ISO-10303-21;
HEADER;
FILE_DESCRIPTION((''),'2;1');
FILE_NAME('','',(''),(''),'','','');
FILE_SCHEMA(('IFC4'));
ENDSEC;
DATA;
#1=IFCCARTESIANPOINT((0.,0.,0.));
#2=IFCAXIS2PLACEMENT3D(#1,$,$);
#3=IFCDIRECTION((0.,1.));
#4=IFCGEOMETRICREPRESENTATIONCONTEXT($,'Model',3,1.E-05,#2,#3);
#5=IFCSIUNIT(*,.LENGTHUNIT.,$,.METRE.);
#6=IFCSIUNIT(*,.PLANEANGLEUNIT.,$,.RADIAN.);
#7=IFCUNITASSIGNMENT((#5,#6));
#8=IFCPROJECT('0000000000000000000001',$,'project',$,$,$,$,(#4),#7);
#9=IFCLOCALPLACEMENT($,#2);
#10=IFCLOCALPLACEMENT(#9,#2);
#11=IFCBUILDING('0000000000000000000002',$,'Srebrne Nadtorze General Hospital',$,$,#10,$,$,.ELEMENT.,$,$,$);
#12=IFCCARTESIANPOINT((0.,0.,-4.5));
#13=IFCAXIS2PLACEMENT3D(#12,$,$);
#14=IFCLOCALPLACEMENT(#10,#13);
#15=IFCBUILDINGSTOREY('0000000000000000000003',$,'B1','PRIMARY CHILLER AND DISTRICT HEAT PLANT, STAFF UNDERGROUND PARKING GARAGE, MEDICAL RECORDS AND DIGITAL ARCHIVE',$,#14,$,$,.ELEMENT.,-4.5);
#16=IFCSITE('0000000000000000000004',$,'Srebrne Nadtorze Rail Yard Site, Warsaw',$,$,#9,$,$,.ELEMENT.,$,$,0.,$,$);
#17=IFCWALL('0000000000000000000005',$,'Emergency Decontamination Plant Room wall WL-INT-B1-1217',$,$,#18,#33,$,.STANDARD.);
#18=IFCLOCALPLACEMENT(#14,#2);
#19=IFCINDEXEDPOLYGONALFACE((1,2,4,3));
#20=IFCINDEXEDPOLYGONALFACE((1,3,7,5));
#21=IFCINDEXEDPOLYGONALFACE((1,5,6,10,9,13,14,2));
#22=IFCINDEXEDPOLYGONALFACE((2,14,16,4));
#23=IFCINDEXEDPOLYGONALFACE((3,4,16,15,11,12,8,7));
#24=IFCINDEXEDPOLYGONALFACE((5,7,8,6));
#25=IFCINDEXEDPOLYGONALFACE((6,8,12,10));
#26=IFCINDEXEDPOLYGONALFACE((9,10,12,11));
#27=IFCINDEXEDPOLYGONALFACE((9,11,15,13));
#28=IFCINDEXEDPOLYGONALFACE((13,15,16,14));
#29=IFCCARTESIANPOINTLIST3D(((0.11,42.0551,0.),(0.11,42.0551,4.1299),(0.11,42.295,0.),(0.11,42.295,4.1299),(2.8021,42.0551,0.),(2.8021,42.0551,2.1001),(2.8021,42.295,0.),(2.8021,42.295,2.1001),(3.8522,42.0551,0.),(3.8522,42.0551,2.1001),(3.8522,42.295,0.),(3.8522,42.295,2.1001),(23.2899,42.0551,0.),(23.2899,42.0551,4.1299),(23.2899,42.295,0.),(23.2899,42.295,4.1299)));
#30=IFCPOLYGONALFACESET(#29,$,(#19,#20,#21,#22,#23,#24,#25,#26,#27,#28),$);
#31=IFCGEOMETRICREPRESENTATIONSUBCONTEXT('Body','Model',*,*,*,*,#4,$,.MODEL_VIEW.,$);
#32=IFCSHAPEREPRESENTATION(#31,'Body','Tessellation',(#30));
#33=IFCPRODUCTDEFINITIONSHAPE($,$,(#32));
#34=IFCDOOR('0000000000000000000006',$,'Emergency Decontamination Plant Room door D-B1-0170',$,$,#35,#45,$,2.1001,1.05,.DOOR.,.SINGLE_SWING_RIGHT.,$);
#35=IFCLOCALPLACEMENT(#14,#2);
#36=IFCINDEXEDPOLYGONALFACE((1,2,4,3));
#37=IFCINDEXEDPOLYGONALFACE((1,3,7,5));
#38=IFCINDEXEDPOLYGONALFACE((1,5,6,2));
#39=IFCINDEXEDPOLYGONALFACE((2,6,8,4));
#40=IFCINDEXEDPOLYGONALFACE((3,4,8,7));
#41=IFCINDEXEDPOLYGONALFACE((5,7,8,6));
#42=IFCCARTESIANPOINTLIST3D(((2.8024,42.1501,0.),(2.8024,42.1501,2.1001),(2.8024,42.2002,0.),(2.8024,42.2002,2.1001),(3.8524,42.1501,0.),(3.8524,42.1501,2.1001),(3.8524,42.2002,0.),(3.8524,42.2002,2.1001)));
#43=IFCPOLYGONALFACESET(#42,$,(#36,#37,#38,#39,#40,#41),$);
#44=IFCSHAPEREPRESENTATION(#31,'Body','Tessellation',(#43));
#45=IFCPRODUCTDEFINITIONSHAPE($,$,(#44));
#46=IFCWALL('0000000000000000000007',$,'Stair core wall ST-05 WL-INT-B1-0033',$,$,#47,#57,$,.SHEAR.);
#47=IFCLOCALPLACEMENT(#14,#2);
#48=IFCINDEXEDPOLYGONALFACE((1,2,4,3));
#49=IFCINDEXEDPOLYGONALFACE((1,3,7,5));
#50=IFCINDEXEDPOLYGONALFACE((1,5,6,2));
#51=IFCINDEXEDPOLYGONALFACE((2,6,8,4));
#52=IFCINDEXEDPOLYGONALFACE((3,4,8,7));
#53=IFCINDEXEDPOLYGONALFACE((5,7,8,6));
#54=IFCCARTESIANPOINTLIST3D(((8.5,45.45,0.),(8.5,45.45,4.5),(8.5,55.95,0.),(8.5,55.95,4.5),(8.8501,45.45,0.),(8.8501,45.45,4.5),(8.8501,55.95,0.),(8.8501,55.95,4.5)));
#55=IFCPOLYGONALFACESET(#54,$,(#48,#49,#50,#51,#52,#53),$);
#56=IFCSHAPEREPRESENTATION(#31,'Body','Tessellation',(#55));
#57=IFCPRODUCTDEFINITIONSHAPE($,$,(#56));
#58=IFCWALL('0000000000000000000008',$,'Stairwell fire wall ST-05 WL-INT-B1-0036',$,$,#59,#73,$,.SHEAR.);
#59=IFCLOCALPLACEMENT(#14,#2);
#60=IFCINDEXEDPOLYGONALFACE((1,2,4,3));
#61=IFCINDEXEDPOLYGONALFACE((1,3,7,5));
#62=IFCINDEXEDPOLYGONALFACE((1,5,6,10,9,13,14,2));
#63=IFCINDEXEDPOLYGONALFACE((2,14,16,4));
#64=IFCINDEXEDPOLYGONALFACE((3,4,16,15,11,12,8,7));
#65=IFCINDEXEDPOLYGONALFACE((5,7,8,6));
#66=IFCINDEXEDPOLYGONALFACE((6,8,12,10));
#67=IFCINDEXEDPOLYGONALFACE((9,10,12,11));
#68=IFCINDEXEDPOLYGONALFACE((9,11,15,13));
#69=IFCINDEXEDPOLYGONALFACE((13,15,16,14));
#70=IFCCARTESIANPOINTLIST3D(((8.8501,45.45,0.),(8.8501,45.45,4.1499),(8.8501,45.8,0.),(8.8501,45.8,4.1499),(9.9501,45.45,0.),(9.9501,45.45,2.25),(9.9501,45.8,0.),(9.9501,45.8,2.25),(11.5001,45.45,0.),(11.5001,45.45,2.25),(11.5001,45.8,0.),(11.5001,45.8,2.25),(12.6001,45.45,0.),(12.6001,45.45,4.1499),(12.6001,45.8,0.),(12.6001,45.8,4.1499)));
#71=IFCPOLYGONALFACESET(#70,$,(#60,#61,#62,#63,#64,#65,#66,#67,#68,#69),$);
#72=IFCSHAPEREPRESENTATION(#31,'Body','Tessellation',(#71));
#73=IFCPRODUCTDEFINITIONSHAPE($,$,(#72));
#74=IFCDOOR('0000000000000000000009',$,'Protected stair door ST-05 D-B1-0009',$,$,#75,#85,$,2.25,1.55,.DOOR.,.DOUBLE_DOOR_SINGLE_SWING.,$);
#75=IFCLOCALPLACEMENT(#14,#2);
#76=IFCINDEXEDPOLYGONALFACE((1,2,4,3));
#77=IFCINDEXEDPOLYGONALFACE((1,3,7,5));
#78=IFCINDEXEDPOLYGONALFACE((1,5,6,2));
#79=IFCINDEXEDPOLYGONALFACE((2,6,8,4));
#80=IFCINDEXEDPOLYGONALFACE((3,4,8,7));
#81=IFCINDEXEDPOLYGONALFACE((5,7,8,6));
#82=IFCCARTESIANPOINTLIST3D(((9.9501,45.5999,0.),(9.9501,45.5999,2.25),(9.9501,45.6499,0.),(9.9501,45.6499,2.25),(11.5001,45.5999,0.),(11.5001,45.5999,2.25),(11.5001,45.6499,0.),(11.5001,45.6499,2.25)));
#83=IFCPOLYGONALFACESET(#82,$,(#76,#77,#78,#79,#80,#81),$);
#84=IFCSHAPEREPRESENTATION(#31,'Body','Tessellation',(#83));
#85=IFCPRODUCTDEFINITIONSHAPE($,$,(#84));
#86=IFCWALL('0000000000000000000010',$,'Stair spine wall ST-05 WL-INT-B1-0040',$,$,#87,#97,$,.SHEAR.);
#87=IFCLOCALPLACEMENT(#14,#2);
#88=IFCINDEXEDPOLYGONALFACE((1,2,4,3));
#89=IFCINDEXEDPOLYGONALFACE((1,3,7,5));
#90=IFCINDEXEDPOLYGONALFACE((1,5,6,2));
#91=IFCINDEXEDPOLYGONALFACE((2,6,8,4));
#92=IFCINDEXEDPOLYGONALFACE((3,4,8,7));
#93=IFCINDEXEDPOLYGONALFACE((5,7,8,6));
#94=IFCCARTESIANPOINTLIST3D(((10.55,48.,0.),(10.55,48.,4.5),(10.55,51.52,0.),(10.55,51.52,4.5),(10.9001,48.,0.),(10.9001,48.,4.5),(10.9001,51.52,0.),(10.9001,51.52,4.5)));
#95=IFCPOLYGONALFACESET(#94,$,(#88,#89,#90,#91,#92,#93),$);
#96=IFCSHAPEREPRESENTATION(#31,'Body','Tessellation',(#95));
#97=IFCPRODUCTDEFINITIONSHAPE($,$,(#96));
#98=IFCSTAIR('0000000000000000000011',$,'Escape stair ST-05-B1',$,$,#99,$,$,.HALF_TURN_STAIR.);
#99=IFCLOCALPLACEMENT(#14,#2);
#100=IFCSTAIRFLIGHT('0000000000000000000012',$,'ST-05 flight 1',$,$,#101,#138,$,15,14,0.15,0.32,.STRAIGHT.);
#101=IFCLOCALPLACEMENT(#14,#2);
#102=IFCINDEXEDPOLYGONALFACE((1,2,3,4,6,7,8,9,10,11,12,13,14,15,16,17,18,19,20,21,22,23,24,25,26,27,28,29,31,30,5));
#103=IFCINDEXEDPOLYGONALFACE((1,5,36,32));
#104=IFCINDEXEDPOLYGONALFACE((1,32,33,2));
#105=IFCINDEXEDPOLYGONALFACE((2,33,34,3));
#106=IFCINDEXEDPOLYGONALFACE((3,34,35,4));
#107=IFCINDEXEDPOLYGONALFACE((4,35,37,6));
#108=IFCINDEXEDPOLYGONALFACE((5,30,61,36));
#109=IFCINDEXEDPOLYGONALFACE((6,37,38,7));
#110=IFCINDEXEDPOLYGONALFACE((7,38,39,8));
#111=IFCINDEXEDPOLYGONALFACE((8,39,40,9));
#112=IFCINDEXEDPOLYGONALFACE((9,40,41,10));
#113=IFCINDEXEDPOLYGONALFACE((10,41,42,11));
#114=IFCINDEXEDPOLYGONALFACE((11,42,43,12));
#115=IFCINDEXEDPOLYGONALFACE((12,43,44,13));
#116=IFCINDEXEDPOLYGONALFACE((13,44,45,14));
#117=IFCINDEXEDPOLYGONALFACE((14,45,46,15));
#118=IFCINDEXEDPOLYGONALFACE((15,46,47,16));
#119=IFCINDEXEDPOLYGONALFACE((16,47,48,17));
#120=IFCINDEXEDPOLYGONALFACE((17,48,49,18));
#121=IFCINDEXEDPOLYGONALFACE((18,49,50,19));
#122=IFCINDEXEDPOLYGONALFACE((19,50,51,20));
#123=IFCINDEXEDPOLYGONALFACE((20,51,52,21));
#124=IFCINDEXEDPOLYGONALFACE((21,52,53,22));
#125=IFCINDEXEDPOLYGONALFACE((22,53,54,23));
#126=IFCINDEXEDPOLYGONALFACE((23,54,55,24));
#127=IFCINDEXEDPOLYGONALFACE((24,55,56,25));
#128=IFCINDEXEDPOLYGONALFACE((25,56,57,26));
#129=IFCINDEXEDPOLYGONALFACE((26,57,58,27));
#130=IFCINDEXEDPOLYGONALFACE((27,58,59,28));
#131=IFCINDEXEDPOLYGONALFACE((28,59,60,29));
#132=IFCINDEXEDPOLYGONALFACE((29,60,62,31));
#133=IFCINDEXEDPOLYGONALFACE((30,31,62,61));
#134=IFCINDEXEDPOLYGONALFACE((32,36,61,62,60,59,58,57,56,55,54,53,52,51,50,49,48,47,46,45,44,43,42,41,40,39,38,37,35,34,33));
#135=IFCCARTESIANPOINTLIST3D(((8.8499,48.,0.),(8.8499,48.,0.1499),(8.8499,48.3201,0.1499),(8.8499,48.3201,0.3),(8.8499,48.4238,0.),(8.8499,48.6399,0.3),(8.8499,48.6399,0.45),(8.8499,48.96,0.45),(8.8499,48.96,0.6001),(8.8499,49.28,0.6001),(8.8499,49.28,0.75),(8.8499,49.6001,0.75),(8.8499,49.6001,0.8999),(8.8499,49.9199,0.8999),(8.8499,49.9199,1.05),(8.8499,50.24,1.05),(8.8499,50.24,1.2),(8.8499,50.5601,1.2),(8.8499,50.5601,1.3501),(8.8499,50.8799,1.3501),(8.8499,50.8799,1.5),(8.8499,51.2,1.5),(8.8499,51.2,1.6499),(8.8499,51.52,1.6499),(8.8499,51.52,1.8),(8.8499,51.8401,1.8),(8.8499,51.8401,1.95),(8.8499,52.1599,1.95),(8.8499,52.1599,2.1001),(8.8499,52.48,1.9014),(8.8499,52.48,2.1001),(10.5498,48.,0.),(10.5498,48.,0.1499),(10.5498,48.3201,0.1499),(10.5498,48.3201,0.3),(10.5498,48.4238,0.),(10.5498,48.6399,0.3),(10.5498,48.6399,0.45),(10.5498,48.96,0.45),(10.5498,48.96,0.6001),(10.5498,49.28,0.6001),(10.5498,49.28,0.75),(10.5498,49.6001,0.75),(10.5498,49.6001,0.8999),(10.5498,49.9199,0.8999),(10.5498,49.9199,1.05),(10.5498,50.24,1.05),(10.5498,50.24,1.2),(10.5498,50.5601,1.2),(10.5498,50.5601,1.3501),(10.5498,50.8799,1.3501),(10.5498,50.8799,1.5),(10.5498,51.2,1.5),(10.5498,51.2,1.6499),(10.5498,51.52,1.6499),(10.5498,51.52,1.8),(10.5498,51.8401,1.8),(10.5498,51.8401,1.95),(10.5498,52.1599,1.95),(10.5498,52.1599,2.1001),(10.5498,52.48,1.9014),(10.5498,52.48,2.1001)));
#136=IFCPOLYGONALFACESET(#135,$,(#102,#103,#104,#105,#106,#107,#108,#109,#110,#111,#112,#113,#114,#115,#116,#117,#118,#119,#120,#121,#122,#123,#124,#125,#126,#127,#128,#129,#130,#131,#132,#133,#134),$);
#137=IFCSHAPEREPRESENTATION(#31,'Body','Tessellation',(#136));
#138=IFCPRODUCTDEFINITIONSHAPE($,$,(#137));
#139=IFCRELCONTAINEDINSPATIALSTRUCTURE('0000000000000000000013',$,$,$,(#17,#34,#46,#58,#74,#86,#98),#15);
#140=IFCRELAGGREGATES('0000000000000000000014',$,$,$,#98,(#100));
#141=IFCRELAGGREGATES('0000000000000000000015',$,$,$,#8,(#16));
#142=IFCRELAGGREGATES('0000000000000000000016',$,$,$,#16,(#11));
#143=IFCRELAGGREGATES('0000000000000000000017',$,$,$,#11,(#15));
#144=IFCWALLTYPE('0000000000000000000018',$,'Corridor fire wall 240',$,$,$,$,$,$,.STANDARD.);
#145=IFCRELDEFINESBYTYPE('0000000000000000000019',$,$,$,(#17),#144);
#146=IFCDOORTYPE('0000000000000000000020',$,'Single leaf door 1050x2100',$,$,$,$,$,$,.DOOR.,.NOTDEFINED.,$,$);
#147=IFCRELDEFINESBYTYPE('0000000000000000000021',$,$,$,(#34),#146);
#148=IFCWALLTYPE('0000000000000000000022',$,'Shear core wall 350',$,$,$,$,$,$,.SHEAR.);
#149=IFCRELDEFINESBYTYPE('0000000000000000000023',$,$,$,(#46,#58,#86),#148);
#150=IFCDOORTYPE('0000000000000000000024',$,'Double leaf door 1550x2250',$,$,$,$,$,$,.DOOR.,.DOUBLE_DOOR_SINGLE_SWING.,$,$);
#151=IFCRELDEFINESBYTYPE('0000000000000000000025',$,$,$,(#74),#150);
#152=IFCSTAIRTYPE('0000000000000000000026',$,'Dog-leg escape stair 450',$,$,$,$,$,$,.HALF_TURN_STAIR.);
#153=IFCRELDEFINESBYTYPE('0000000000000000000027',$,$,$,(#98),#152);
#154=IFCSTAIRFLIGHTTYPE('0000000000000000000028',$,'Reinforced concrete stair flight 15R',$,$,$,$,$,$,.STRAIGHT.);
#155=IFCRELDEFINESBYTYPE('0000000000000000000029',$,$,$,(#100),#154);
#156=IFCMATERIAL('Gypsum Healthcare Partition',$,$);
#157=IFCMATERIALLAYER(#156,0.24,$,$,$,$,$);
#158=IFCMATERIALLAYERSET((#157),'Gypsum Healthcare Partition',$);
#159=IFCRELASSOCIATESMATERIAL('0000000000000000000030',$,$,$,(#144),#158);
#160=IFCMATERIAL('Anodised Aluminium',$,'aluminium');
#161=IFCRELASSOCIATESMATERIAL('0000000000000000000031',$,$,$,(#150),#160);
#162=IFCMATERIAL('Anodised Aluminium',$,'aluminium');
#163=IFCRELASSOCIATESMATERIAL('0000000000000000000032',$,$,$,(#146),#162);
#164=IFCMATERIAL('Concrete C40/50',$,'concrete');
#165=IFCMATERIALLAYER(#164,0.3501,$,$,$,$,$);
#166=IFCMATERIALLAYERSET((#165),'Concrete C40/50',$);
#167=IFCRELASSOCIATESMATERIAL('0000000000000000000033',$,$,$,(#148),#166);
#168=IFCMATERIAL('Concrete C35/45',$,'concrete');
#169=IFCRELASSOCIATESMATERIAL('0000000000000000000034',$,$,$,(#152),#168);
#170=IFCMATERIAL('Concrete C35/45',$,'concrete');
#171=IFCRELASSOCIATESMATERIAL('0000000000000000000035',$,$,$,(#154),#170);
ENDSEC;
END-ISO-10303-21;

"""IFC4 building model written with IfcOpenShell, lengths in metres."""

from ifc_helpers import new_model, si_unit, direction, frame, frame_2d, origin, place, context, subcontext, project, spatial, polyline, rectangle, outline, extrude, material, layer, layer_set, type_object, element, fill, aggregate, save


model = new_model("IFC4")

# Units and contexts
model_context = context("Model", 3, precision=1e-05, world=origin(), true_north=direction((0.0, 1.0)))
body_context = subcontext(model_context, "Body", "Model", "MODEL_VIEW")
ifc_project = project(units=[si_unit("LENGTHUNIT", "METRE"), si_unit("PLANEANGLEUNIT", "RADIAN")], contexts=[model_context])

# Site, building, storey
site_placement = place(None, origin())
site = spatial("IfcSite", under=ifc_project, at=site_placement, Name="Srebrne Nadtorze Rail Yard Site, Warsaw", CompositionType="ELEMENT", RefElevation=0.0)
building_placement = place(site_placement, origin())
building = spatial("IfcBuilding", under=site, at=building_placement, Name="Srebrne Nadtorze General Hospital", CompositionType="ELEMENT")
storey_placement = place(building_placement, frame((0.0, 0.0, -4.5)))
storey = spatial("IfcBuildingStorey", under=building, at=storey_placement, Name="B1", Description="PRIMARY CHILLER AND DISTRICT HEAT PLANT, STAFF UNDERGROUND PARKING GARAGE, MEDICAL RECORDS AND DIGITAL ARCHIVE", CompositionType="ELEMENT", Elevation=-4.5)

# Shared definitions
ifc_material_1 = material(Name="Gypsum Healthcare Partition")
ifc_layer_1 = layer(ifc_material_1, 0.24)
ifc_layer_set_1 = layer_set([ifc_layer_1], Name="Gypsum Healthcare Partition")
wall_type_1 = type_object("IfcWallType", Name="Corridor fire wall 240", PredefinedType="STANDARD", material=ifc_layer_set_1)

# Wall, opening, door
ifc_material_2 = material(Name="Anodised Aluminium", Category="aluminium")
door_type_1 = type_object("IfcDoorType", Name="Double leaf door 1550x2250", OperationType="DOUBLE_DOOR_SINGLE_SWING", PredefinedType="DOOR", material=ifc_material_2)
wall_1_placement = place(storey_placement, frame((0.1101, 42.175, 0.0), z_axis=(0.0, 0.0, 1.0), x_axis=(1.0, 0.0, 0.0)))
wall_1 = element("IfcWall", 1, at=wall_1_placement, inside=storey, type_object=wall_type_1, Name="Emergency Decontamination Plant Room wall WL-INT-B1-1217", PredefinedType="STANDARD", context=body_context, shape_type="SweptSolid", body=[
    extrude(rectangle(XDim=23.1799, YDim=0.24, at=frame_2d((11.5898, 0.0))), origin(), (0.0, 0.0, 1.0), 4.1299),
])
opening_1_placement = place(wall_1_placement, frame((2.6921, 0.0, 0.0)))
opening_1 = element("IfcOpeningElement", 2, at=opening_1_placement, cuts=wall_1, PredefinedType="OPENING", context=body_context, shape_type="SweptSolid", body=[
    extrude(rectangle(XDim=1.05, YDim=2.1001, at=frame_2d((0.5249, 1.05))), frame((0.0, 0.1318, 0.0), z_axis=(0.0, -1.0, 0.0), x_axis=(1.0, 0.0, 0.0)), (0.0, 0.0, 1.0), 0.2639),
])
ifc_material_3 = material(Name="Anodised Aluminium", Category="aluminium")
door_type_2 = type_object("IfcDoorType", Name="Single leaf door 1050x2100", OperationType="NOTDEFINED", PredefinedType="DOOR", material=ifc_material_3)
door_1_placement = place(opening_1_placement, frame((1.05, 0.0, 0.0), z_axis=(0.0, 0.0, 1.0), x_axis=(-1.0, 0.0, 0.0)))
door_1 = element("IfcDoor", 3, at=door_1_placement, inside=storey, type_object=door_type_2, Name="Emergency Decontamination Plant Room door D-B1-0170", OperationType="SINGLE_SWING_RIGHT", OverallHeight=2.1001, OverallWidth=1.05, PredefinedType="DOOR", context=body_context, shape_type="SweptSolid", body=[
    extrude(rectangle(XDim=1.05, YDim=2.1001, at=frame_2d((0.5249, 1.05))), frame((0.0, 0.0249, 0.0), z_axis=(0.0, -1.0, 0.0), x_axis=(1.0, 0.0, 0.0)), (0.0, 0.0, 1.0), 0.05),
])
fill(opening_1, door_1)

# Wall
ifc_material_4 = material(Name="Concrete C40/50", Category="concrete")
ifc_layer_2 = layer(ifc_material_4, 0.3501)
ifc_layer_set_2 = layer_set([ifc_layer_2], Name="Concrete C40/50")
wall_type_2 = type_object("IfcWallType", Name="Shear core wall 350", PredefinedType="SHEAR", material=ifc_layer_set_2)
wall_2_placement = place(storey_placement, frame((8.675, 45.45, 0.0), z_axis=(0.0, 0.0, 1.0), x_axis=(0.0, 1.0, 0.0)))
element("IfcWall", 4, at=wall_2_placement, inside=storey, type_object=wall_type_2, Name="Stair core wall ST-05 WL-INT-B1-0033", PredefinedType="SHEAR", context=body_context, shape_type="SweptSolid", body=[
    extrude(rectangle(XDim=10.5, YDim=0.3501, at=frame_2d((5.25, 0.0))), origin(), (0.0, 0.0, 1.0), 4.5),
])

# Wall, opening, door
wall_3_placement = place(storey_placement, frame((8.8501, 45.625, 0.0), z_axis=(0.0, 0.0, 1.0), x_axis=(1.0, 0.0, 0.0)))
wall_3 = element("IfcWall", 5, at=wall_3_placement, inside=storey, type_object=wall_type_2, Name="Stairwell fire wall ST-05 WL-INT-B1-0036", PredefinedType="SHEAR", context=body_context, shape_type="SweptSolid", body=[
    extrude(rectangle(XDim=3.75, YDim=0.3501, at=frame_2d((1.875, 0.0))), origin(), (0.0, 0.0, 1.0), 4.1499),
])
opening_2_placement = place(wall_3_placement, frame((1.1001, 0.0, 0.0)))
opening_2 = element("IfcOpeningElement", 6, at=opening_2_placement, cuts=wall_3, PredefinedType="OPENING", context=body_context, shape_type="SweptSolid", body=[
    extrude(rectangle(XDim=1.55, YDim=2.25, at=frame_2d((0.7749, 1.125))), frame((0.0, 0.187, 0.0), z_axis=(0.0, -1.0, 0.0), x_axis=(1.0, 0.0, 0.0)), (0.0, 0.0, 1.0), 0.374),
])
door_2_placement = place(opening_2_placement, origin())
door_2 = element("IfcDoor", 7, at=door_2_placement, inside=storey, type_object=door_type_1, Name="Protected stair door ST-05 D-B1-0009", OperationType="DOUBLE_DOOR_SINGLE_SWING", OverallHeight=2.25, OverallWidth=1.55, PredefinedType="DOOR", context=body_context, shape_type="SweptSolid", body=[
    extrude(rectangle(XDim=1.55, YDim=2.25, at=frame_2d((0.7749, 1.125))), frame((0.0, 0.0249, 0.0), z_axis=(0.0, -1.0, 0.0), x_axis=(1.0, 0.0, 0.0)), (0.0, 0.0, 1.0), 0.05),
])
fill(opening_2, door_2)

# Wall
wall_4_placement = place(storey_placement, frame((10.7251, 48.0, 0.0), z_axis=(0.0, 0.0, 1.0), x_axis=(0.0, 1.0, 0.0)))
element("IfcWall", 8, at=wall_4_placement, inside=storey, type_object=wall_type_2, Name="Stair spine wall ST-05 WL-INT-B1-0040", PredefinedType="SHEAR", context=body_context, shape_type="SweptSolid", body=[
    extrude(rectangle(XDim=3.52, YDim=0.3501, at=frame_2d((1.76, 0.0))), origin(), (0.0, 0.0, 1.0), 4.5),
])

# Stair, stair flight
ifc_material_5 = material(Name="Concrete C35/45", Category="concrete")
stair_type = type_object("IfcStairType", Name="Dog-leg escape stair 450", PredefinedType="HALF_TURN_STAIR", material=ifc_material_5)
stair_placement = place(storey_placement, origin())
stair = element("IfcStair", 9, at=stair_placement, inside=storey, type_object=stair_type, Name="Escape stair ST-05-B1", PredefinedType="HALF_TURN_STAIR")
ifc_material_6 = material(Name="Concrete C35/45", Category="concrete")
stair_flight_type = type_object("IfcStairFlightType", Name="Reinforced concrete stair flight 15R", PredefinedType="STRAIGHT", material=ifc_material_6)
stair_flight_placement = place(storey_placement, frame((9.7, 48.0, 0.0), z_axis=(0.0, 0.0, 1.0), x_axis=(0.0, 1.0, 0.0)))
stair_flight = element("IfcStairFlight", 10, at=stair_flight_placement, type_object=stair_flight_type, Name="ST-05 flight 1", NumberOfRisers=15, NumberOfTreads=14, PredefinedType="STRAIGHT", RiserHeight=0.15, TreadLength=0.32, context=body_context, shape_type="SweptSolid", body=[
    extrude(outline(polyline([(0.0, 0.0), (0.0, 0.1499), (0.3201, 0.1499), (0.3201, 0.3), (0.6399, 0.3), (0.6399, 0.45), (0.96, 0.45), (0.96, 0.6001), (1.28, 0.6001), (1.28, 0.75), (1.6001, 0.75), (1.6001, 0.8999), (1.9199, 0.8999), (1.9199, 1.05), (2.24, 1.05), (2.24, 1.2), (2.5601, 1.2), (2.5601, 1.3501), (2.8799, 1.3501), (2.8799, 1.5), (3.2, 1.5), (3.2, 1.6499), (3.52, 1.6499), (3.52, 1.8), (3.8401, 1.8), (3.8401, 1.95), (4.1599, 1.95), (4.1599, 2.1001), (4.48, 2.1001), (4.48, 2.25), (4.48, 1.9014), (0.4238, 0.0), (0.0, 0.0)])), frame((0.0, 0.8501, 0.0), z_axis=(0.0, -1.0, 0.0), x_axis=(1.0, 0.0, 0.0)), (0.0, 0.0, 1.0), 1.7),
])
aggregate(stair, [stair_flight])

save(model, "model.ifc")
